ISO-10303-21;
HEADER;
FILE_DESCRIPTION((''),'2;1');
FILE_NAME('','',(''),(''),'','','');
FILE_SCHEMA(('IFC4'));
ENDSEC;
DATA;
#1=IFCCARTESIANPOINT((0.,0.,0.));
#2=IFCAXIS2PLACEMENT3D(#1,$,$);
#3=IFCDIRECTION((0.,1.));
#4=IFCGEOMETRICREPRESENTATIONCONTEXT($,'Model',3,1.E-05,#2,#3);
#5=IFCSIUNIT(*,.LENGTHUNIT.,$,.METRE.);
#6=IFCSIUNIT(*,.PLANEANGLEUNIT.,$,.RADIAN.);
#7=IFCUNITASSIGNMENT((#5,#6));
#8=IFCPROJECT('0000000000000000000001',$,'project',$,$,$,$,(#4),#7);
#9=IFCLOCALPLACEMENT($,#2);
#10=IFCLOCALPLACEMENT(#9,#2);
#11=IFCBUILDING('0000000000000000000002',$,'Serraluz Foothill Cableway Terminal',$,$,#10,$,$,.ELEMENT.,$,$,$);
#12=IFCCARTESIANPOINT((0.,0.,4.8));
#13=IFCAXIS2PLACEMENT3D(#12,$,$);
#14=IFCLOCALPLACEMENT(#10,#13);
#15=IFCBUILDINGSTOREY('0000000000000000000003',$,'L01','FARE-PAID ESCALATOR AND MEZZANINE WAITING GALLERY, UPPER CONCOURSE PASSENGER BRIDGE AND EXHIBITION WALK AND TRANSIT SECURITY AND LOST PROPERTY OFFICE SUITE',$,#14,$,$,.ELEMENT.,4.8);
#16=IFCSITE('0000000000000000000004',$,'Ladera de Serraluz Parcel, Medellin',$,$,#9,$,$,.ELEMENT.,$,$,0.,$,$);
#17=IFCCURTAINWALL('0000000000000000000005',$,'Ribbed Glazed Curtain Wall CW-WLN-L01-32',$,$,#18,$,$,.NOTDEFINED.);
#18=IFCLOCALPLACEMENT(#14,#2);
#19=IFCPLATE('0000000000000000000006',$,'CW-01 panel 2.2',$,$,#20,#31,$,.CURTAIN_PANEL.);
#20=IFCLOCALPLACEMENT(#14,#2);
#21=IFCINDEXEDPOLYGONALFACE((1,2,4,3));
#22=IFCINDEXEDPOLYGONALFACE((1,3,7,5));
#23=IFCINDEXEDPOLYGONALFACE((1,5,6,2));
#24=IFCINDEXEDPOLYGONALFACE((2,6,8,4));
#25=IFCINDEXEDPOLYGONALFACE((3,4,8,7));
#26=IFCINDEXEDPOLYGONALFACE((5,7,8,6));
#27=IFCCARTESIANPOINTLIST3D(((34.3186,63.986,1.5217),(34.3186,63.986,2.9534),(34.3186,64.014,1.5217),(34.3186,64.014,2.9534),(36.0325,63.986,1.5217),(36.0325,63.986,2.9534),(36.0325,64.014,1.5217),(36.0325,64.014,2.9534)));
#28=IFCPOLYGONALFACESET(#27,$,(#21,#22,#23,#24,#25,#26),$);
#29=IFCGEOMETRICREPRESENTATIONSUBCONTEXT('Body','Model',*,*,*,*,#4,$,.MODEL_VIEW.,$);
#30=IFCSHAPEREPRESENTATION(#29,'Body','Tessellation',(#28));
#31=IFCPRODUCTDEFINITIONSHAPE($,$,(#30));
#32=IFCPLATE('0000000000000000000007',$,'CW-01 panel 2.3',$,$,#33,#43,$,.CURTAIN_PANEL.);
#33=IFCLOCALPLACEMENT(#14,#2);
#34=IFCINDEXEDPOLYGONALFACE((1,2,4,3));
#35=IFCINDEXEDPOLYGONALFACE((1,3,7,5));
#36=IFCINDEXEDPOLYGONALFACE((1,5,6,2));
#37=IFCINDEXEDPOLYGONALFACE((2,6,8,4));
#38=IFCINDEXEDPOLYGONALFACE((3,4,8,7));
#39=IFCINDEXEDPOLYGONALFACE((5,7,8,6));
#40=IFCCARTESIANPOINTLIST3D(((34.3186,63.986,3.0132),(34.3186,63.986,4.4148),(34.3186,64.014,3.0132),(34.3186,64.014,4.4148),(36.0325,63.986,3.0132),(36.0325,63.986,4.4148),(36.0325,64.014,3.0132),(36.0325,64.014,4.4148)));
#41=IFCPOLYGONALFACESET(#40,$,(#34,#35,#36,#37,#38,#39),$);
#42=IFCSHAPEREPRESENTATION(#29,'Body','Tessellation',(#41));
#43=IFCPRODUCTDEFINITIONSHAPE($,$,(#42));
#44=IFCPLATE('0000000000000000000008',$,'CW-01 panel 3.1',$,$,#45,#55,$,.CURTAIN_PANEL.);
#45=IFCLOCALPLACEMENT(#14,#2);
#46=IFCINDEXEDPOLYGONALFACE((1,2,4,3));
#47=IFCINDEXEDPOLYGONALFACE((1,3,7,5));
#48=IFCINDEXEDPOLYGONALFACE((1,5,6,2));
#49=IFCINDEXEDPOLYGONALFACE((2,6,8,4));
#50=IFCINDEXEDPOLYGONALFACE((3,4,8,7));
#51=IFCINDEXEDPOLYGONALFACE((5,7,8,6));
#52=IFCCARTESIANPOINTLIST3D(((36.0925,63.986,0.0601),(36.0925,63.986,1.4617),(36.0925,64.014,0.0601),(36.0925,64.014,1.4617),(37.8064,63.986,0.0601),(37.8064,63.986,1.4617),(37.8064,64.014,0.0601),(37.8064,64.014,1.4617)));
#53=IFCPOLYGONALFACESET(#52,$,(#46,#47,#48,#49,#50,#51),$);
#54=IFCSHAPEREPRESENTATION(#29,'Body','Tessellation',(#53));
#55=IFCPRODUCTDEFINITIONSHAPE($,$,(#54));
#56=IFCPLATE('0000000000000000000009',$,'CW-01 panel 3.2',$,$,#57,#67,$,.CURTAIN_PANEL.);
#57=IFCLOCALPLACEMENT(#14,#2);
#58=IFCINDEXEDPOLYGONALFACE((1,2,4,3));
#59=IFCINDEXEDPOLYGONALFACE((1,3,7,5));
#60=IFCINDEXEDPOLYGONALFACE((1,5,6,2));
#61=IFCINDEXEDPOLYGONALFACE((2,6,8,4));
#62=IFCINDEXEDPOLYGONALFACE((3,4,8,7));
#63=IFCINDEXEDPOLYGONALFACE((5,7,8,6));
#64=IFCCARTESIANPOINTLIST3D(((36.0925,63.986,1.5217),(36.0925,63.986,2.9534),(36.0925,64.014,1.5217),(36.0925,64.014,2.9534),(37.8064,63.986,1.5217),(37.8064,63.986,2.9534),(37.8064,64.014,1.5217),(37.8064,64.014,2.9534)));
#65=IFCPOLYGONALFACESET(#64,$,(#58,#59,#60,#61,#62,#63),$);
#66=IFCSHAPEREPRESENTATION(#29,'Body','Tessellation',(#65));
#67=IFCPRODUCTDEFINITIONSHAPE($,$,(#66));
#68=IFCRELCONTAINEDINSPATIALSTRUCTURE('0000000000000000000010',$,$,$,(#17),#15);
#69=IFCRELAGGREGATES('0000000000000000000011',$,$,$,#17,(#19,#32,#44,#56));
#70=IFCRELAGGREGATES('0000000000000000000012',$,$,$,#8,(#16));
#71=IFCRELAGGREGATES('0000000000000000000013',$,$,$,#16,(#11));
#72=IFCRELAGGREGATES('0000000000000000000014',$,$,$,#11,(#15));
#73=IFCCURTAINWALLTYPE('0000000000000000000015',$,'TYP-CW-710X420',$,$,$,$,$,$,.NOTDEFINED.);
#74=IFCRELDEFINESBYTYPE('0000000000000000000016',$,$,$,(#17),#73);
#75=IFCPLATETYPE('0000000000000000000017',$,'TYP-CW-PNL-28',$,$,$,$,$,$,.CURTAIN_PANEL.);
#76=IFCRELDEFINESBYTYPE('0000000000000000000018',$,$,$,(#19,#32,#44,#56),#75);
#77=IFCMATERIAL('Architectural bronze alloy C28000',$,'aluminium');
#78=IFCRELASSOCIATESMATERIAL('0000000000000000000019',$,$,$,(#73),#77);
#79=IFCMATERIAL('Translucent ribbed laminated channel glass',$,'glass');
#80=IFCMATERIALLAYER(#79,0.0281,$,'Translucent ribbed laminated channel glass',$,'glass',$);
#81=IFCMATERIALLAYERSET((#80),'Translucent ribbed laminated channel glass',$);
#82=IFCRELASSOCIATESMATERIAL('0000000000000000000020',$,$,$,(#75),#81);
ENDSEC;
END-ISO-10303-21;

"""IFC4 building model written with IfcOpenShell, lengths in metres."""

from ifc_helpers import new_model, si_unit, direction, frame, origin, origin_2d, place, context, subcontext, project, spatial, rectangle, extrude, material, layer, layer_set, type_object, element, aggregate, save


model = new_model("IFC4")

# Units and contexts
model_context = context("Model", 3, precision=1e-05, world=origin(), true_north=direction((0.0, 1.0)))
body_context = subcontext(model_context, "Body", "Model", "MODEL_VIEW")
ifc_project = project(units=[si_unit("LENGTHUNIT", "METRE"), si_unit("PLANEANGLEUNIT", "RADIAN")], contexts=[model_context])

# Site, building, storey
site_placement = place(None, origin())
site = spatial("IfcSite", under=ifc_project, at=site_placement, Name="Ladera de Serraluz Parcel, Medellin", CompositionType="ELEMENT", RefElevation=0.0)
building_placement = place(site_placement, origin())
building = spatial("IfcBuilding", under=site, at=building_placement, Name="Serraluz Foothill Cableway Terminal", CompositionType="ELEMENT")
storey_placement = place(building_placement, frame((0.0, 0.0, 4.8)))
storey = spatial("IfcBuildingStorey", under=building, at=storey_placement, Name="L01", Description="FARE-PAID ESCALATOR AND MEZZANINE WAITING GALLERY, UPPER CONCOURSE PASSENGER BRIDGE AND EXHIBITION WALK AND TRANSIT SECURITY AND LOST PROPERTY OFFICE SUITE", CompositionType="ELEMENT", Elevation=4.8)

# Shared definitions
ifc_material_1 = material(Name="Architectural bronze alloy C28000", Category="aluminium")
curtain_wall_type = type_object("IfcCurtainWallType", Name="TYP-CW-710X420", PredefinedType="NOTDEFINED", material=ifc_material_1)

# Curtain wall
curtain_wall_1_placement = place(storey_placement, origin())
curtain_wall_1 = element("IfcCurtainWall", 1, at=curtain_wall_1_placement, inside=storey, type_object=curtain_wall_type, Name="Ribbed Glazed Curtain Wall CW-WLN-L01-32", PredefinedType="NOTDEFINED")

# Plates
ifc_material_2 = material(Name="Translucent ribbed laminated channel glass", Category="glass")
ifc_layer = layer(ifc_material_2, 0.0281, Name="Translucent ribbed laminated channel glass", Category="glass")
ifc_layer_set = layer_set([ifc_layer], Name="Translucent ribbed laminated channel glass")
plate_type = type_object("IfcPlateType", Name="TYP-CW-PNL-28", PredefinedType="CURTAIN_PANEL", material=ifc_layer_set)
plate_1_placement = place(storey_placement, frame((35.1755, 64.0, 1.5217), z_axis=(0.0, 0.0, 1.0), x_axis=(1.0, 0.0, 0.0)))
plate_1 = element("IfcPlate", 2, at=plate_1_placement, type_object=plate_type, Name="CW-01 panel 2.2", PredefinedType="CURTAIN_PANEL", context=body_context, shape_type="SweptSolid", body=[
    extrude(rectangle(XDim=1.7139, YDim=0.0281, at=origin_2d()), origin(), (0.0, 0.0, 1.0), 1.4316),
])
plate_2_placement = place(storey_placement, frame((35.1755, 64.0, 3.0132), z_axis=(0.0, 0.0, 1.0), x_axis=(1.0, 0.0, 0.0)))
plate_2 = element("IfcPlate", 3, at=plate_2_placement, type_object=plate_type, Name="CW-01 panel 2.3", PredefinedType="CURTAIN_PANEL", context=body_context, shape_type="SweptSolid", body=[
    extrude(rectangle(XDim=1.7139, YDim=0.0281, at=origin_2d()), origin(), (0.0, 0.0, 1.0), 1.4016),
])
plate_3_placement = place(storey_placement, frame((36.9495, 64.0, 0.0601), z_axis=(0.0, 0.0, 1.0), x_axis=(1.0, 0.0, 0.0)))
plate_3 = element("IfcPlate", 4, at=plate_3_placement, type_object=plate_type, Name="CW-01 panel 3.1", PredefinedType="CURTAIN_PANEL", context=body_context, shape_type="SweptSolid", body=[
    extrude(rectangle(XDim=1.7139, YDim=0.0281, at=origin_2d()), origin(), (0.0, 0.0, 1.0), 1.4016),
])
plate_4_placement = place(storey_placement, frame((36.9495, 64.0, 1.5217), z_axis=(0.0, 0.0, 1.0), x_axis=(1.0, 0.0, 0.0)))
plate_4 = element("IfcPlate", 5, at=plate_4_placement, type_object=plate_type, Name="CW-01 panel 3.2", PredefinedType="CURTAIN_PANEL", context=body_context, shape_type="SweptSolid", body=[
    extrude(rectangle(XDim=1.7139, YDim=0.0281, at=origin_2d()), origin(), (0.0, 0.0, 1.0), 1.4316),
])
aggregate(curtain_wall_1, [plate_1, plate_2, plate_3, plate_4])

save(model, "model.ifc")
